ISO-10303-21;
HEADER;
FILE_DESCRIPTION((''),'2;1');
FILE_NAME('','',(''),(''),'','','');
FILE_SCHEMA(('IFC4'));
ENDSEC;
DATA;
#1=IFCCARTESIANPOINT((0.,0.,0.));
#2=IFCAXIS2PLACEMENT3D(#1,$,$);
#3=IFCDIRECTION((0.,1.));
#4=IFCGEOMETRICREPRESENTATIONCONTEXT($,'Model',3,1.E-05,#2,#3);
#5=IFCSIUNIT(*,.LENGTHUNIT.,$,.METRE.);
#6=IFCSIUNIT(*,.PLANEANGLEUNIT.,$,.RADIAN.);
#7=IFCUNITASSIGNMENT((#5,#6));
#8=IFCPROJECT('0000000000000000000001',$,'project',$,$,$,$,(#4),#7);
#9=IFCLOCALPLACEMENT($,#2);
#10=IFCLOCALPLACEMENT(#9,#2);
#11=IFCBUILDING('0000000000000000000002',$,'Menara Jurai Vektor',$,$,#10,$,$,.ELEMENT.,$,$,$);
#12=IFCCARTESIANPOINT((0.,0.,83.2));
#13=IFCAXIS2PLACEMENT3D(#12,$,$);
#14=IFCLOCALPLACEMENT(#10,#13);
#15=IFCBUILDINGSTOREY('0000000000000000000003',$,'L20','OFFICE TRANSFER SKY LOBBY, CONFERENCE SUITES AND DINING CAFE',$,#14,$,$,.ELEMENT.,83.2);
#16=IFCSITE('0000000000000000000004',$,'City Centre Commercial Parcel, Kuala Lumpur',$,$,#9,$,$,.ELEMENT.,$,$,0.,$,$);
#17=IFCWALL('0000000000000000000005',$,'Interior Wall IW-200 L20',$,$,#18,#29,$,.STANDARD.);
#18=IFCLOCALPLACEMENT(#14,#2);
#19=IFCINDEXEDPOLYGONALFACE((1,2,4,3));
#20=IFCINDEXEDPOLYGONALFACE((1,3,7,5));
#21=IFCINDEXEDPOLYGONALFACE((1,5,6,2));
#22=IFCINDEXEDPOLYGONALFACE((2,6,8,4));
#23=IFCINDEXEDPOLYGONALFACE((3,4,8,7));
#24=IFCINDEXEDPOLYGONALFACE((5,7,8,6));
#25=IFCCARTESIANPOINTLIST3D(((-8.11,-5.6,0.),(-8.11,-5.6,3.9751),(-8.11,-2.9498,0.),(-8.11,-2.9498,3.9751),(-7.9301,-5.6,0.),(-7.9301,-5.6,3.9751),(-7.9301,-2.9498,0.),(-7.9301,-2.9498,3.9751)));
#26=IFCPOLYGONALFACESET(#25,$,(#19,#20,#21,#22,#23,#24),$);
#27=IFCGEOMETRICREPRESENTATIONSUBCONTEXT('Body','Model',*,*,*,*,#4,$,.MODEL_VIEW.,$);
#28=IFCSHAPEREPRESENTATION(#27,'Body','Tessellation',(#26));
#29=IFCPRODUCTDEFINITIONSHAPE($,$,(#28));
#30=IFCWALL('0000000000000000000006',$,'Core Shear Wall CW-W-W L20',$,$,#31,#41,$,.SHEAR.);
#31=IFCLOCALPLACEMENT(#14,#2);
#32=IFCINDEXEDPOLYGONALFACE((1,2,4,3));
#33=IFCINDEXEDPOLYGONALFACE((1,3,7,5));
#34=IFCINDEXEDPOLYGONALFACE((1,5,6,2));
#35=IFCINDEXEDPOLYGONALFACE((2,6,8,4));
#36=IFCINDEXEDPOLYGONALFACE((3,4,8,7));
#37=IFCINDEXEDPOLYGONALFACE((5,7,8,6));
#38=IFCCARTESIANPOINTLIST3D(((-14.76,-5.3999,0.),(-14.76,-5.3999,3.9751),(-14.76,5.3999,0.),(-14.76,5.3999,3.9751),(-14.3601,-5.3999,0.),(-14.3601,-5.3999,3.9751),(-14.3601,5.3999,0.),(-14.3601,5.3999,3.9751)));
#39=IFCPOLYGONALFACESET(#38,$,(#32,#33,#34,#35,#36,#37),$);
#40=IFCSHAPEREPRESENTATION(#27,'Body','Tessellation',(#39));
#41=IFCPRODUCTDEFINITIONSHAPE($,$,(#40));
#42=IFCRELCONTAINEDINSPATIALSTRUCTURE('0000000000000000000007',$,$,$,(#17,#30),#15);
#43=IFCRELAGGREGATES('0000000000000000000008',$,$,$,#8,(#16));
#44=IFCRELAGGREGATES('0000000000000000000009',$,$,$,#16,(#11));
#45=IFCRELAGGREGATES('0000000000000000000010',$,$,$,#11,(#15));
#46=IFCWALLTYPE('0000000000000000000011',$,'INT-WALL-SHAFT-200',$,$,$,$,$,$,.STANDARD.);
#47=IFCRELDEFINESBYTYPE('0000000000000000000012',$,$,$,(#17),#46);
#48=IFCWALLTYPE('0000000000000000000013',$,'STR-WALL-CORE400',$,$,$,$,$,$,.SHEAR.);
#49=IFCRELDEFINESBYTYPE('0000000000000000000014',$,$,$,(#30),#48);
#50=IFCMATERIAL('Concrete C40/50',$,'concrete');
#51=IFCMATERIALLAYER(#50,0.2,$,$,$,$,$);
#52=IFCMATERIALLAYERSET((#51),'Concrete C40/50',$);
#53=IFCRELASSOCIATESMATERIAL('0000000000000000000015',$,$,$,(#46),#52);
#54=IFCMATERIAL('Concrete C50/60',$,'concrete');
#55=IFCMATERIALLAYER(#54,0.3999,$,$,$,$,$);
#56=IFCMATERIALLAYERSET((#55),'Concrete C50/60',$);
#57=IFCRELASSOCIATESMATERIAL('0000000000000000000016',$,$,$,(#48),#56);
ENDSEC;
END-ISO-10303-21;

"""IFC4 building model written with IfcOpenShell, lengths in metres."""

from ifc_helpers import new_model, si_unit, direction, frame, frame_2d, origin, place, context, subcontext, project, spatial, rectangle, extrude, material, layer, layer_set, type_object, element, save


model = new_model("IFC4")

# Units and contexts
model_context = context("Model", 3, precision=1e-05, world=origin(), true_north=direction((0.0, 1.0)))
body_context = subcontext(model_context, "Body", "Model", "MODEL_VIEW")
ifc_project = project(units=[si_unit("LENGTHUNIT", "METRE"), si_unit("PLANEANGLEUNIT", "RADIAN")], contexts=[model_context])

# Site, building, storey
site_placement = place(None, origin())
site = spatial("IfcSite", under=ifc_project, at=site_placement, Name="City Centre Commercial Parcel, Kuala Lumpur", CompositionType="ELEMENT", RefElevation=0.0)
building_placement = place(site_placement, origin())
building = spatial("IfcBuilding", under=site, at=building_placement, Name="Menara Jurai Vektor", CompositionType="ELEMENT")
storey_placement = place(building_placement, frame((0.0, 0.0, 83.2)))
storey = spatial("IfcBuildingStorey", under=building, at=storey_placement, Name="L20", Description="OFFICE TRANSFER SKY LOBBY, CONFERENCE SUITES AND DINING CAFE", CompositionType="ELEMENT", Elevation=83.2)

# Shared definitions
ifc_material_1 = material(Name="Concrete C50/60", Category="concrete")

# Shared definitions
ifc_material_2 = material(Name="Concrete C40/50", Category="concrete")

# Shared definitions
ifc_layer_1 = layer(ifc_material_2, 0.2)
ifc_layer_set_1 = layer_set([ifc_layer_1], Name="Concrete C40/50")
wall_type_1 = type_object("IfcWallType", Name="INT-WALL-SHAFT-200", PredefinedType="STANDARD", material=ifc_layer_set_1)

# Walls
for number, where, z_axis, x_axis, name in (
    (1, (-8.02, -5.6001, 0.0), (0.0, 0.0, 1.0), (0.0, 1.0, 0.0), "Interior Wall IW-200 L20"),
):
    element("IfcWall", number, at=place(storey_placement, frame(where, z_axis=z_axis, x_axis=x_axis)), inside=storey, type_object=wall_type_1, Name=name, PredefinedType="STANDARD", context=body_context, shape_type="SweptSolid", body=[
        extrude(rectangle(XDim=2.6501, YDim=0.1799, at=frame_2d((1.3252, 0.0))), origin(), (0.0, 0.0, 1.0), 3.9751),
    ])
ifc_layer_2 = layer(ifc_material_1, 0.3999)
ifc_layer_set_2 = layer_set([ifc_layer_2], Name="Concrete C50/60")
wall_type_2 = type_object("IfcWallType", Name="STR-WALL-CORE400", PredefinedType="SHEAR", material=ifc_layer_set_2)
wall_1_placement = place(storey_placement, frame((-14.5601, -5.3999, 0.0), z_axis=(0.0, 0.0, 1.0), x_axis=(0.0, 1.0, 0.0)))
element("IfcWall", 2, at=wall_1_placement, inside=storey, type_object=wall_type_2, Name="Core Shear Wall CW-W-W L20", PredefinedType="SHEAR", context=body_context, shape_type="SweptSolid", body=[
    extrude(rectangle(XDim=10.7998, YDim=0.3999, at=frame_2d((5.3999, 0.0))), origin(), (0.0, 0.0, 1.0), 3.9751),
])

save(model, "model.ifc")
